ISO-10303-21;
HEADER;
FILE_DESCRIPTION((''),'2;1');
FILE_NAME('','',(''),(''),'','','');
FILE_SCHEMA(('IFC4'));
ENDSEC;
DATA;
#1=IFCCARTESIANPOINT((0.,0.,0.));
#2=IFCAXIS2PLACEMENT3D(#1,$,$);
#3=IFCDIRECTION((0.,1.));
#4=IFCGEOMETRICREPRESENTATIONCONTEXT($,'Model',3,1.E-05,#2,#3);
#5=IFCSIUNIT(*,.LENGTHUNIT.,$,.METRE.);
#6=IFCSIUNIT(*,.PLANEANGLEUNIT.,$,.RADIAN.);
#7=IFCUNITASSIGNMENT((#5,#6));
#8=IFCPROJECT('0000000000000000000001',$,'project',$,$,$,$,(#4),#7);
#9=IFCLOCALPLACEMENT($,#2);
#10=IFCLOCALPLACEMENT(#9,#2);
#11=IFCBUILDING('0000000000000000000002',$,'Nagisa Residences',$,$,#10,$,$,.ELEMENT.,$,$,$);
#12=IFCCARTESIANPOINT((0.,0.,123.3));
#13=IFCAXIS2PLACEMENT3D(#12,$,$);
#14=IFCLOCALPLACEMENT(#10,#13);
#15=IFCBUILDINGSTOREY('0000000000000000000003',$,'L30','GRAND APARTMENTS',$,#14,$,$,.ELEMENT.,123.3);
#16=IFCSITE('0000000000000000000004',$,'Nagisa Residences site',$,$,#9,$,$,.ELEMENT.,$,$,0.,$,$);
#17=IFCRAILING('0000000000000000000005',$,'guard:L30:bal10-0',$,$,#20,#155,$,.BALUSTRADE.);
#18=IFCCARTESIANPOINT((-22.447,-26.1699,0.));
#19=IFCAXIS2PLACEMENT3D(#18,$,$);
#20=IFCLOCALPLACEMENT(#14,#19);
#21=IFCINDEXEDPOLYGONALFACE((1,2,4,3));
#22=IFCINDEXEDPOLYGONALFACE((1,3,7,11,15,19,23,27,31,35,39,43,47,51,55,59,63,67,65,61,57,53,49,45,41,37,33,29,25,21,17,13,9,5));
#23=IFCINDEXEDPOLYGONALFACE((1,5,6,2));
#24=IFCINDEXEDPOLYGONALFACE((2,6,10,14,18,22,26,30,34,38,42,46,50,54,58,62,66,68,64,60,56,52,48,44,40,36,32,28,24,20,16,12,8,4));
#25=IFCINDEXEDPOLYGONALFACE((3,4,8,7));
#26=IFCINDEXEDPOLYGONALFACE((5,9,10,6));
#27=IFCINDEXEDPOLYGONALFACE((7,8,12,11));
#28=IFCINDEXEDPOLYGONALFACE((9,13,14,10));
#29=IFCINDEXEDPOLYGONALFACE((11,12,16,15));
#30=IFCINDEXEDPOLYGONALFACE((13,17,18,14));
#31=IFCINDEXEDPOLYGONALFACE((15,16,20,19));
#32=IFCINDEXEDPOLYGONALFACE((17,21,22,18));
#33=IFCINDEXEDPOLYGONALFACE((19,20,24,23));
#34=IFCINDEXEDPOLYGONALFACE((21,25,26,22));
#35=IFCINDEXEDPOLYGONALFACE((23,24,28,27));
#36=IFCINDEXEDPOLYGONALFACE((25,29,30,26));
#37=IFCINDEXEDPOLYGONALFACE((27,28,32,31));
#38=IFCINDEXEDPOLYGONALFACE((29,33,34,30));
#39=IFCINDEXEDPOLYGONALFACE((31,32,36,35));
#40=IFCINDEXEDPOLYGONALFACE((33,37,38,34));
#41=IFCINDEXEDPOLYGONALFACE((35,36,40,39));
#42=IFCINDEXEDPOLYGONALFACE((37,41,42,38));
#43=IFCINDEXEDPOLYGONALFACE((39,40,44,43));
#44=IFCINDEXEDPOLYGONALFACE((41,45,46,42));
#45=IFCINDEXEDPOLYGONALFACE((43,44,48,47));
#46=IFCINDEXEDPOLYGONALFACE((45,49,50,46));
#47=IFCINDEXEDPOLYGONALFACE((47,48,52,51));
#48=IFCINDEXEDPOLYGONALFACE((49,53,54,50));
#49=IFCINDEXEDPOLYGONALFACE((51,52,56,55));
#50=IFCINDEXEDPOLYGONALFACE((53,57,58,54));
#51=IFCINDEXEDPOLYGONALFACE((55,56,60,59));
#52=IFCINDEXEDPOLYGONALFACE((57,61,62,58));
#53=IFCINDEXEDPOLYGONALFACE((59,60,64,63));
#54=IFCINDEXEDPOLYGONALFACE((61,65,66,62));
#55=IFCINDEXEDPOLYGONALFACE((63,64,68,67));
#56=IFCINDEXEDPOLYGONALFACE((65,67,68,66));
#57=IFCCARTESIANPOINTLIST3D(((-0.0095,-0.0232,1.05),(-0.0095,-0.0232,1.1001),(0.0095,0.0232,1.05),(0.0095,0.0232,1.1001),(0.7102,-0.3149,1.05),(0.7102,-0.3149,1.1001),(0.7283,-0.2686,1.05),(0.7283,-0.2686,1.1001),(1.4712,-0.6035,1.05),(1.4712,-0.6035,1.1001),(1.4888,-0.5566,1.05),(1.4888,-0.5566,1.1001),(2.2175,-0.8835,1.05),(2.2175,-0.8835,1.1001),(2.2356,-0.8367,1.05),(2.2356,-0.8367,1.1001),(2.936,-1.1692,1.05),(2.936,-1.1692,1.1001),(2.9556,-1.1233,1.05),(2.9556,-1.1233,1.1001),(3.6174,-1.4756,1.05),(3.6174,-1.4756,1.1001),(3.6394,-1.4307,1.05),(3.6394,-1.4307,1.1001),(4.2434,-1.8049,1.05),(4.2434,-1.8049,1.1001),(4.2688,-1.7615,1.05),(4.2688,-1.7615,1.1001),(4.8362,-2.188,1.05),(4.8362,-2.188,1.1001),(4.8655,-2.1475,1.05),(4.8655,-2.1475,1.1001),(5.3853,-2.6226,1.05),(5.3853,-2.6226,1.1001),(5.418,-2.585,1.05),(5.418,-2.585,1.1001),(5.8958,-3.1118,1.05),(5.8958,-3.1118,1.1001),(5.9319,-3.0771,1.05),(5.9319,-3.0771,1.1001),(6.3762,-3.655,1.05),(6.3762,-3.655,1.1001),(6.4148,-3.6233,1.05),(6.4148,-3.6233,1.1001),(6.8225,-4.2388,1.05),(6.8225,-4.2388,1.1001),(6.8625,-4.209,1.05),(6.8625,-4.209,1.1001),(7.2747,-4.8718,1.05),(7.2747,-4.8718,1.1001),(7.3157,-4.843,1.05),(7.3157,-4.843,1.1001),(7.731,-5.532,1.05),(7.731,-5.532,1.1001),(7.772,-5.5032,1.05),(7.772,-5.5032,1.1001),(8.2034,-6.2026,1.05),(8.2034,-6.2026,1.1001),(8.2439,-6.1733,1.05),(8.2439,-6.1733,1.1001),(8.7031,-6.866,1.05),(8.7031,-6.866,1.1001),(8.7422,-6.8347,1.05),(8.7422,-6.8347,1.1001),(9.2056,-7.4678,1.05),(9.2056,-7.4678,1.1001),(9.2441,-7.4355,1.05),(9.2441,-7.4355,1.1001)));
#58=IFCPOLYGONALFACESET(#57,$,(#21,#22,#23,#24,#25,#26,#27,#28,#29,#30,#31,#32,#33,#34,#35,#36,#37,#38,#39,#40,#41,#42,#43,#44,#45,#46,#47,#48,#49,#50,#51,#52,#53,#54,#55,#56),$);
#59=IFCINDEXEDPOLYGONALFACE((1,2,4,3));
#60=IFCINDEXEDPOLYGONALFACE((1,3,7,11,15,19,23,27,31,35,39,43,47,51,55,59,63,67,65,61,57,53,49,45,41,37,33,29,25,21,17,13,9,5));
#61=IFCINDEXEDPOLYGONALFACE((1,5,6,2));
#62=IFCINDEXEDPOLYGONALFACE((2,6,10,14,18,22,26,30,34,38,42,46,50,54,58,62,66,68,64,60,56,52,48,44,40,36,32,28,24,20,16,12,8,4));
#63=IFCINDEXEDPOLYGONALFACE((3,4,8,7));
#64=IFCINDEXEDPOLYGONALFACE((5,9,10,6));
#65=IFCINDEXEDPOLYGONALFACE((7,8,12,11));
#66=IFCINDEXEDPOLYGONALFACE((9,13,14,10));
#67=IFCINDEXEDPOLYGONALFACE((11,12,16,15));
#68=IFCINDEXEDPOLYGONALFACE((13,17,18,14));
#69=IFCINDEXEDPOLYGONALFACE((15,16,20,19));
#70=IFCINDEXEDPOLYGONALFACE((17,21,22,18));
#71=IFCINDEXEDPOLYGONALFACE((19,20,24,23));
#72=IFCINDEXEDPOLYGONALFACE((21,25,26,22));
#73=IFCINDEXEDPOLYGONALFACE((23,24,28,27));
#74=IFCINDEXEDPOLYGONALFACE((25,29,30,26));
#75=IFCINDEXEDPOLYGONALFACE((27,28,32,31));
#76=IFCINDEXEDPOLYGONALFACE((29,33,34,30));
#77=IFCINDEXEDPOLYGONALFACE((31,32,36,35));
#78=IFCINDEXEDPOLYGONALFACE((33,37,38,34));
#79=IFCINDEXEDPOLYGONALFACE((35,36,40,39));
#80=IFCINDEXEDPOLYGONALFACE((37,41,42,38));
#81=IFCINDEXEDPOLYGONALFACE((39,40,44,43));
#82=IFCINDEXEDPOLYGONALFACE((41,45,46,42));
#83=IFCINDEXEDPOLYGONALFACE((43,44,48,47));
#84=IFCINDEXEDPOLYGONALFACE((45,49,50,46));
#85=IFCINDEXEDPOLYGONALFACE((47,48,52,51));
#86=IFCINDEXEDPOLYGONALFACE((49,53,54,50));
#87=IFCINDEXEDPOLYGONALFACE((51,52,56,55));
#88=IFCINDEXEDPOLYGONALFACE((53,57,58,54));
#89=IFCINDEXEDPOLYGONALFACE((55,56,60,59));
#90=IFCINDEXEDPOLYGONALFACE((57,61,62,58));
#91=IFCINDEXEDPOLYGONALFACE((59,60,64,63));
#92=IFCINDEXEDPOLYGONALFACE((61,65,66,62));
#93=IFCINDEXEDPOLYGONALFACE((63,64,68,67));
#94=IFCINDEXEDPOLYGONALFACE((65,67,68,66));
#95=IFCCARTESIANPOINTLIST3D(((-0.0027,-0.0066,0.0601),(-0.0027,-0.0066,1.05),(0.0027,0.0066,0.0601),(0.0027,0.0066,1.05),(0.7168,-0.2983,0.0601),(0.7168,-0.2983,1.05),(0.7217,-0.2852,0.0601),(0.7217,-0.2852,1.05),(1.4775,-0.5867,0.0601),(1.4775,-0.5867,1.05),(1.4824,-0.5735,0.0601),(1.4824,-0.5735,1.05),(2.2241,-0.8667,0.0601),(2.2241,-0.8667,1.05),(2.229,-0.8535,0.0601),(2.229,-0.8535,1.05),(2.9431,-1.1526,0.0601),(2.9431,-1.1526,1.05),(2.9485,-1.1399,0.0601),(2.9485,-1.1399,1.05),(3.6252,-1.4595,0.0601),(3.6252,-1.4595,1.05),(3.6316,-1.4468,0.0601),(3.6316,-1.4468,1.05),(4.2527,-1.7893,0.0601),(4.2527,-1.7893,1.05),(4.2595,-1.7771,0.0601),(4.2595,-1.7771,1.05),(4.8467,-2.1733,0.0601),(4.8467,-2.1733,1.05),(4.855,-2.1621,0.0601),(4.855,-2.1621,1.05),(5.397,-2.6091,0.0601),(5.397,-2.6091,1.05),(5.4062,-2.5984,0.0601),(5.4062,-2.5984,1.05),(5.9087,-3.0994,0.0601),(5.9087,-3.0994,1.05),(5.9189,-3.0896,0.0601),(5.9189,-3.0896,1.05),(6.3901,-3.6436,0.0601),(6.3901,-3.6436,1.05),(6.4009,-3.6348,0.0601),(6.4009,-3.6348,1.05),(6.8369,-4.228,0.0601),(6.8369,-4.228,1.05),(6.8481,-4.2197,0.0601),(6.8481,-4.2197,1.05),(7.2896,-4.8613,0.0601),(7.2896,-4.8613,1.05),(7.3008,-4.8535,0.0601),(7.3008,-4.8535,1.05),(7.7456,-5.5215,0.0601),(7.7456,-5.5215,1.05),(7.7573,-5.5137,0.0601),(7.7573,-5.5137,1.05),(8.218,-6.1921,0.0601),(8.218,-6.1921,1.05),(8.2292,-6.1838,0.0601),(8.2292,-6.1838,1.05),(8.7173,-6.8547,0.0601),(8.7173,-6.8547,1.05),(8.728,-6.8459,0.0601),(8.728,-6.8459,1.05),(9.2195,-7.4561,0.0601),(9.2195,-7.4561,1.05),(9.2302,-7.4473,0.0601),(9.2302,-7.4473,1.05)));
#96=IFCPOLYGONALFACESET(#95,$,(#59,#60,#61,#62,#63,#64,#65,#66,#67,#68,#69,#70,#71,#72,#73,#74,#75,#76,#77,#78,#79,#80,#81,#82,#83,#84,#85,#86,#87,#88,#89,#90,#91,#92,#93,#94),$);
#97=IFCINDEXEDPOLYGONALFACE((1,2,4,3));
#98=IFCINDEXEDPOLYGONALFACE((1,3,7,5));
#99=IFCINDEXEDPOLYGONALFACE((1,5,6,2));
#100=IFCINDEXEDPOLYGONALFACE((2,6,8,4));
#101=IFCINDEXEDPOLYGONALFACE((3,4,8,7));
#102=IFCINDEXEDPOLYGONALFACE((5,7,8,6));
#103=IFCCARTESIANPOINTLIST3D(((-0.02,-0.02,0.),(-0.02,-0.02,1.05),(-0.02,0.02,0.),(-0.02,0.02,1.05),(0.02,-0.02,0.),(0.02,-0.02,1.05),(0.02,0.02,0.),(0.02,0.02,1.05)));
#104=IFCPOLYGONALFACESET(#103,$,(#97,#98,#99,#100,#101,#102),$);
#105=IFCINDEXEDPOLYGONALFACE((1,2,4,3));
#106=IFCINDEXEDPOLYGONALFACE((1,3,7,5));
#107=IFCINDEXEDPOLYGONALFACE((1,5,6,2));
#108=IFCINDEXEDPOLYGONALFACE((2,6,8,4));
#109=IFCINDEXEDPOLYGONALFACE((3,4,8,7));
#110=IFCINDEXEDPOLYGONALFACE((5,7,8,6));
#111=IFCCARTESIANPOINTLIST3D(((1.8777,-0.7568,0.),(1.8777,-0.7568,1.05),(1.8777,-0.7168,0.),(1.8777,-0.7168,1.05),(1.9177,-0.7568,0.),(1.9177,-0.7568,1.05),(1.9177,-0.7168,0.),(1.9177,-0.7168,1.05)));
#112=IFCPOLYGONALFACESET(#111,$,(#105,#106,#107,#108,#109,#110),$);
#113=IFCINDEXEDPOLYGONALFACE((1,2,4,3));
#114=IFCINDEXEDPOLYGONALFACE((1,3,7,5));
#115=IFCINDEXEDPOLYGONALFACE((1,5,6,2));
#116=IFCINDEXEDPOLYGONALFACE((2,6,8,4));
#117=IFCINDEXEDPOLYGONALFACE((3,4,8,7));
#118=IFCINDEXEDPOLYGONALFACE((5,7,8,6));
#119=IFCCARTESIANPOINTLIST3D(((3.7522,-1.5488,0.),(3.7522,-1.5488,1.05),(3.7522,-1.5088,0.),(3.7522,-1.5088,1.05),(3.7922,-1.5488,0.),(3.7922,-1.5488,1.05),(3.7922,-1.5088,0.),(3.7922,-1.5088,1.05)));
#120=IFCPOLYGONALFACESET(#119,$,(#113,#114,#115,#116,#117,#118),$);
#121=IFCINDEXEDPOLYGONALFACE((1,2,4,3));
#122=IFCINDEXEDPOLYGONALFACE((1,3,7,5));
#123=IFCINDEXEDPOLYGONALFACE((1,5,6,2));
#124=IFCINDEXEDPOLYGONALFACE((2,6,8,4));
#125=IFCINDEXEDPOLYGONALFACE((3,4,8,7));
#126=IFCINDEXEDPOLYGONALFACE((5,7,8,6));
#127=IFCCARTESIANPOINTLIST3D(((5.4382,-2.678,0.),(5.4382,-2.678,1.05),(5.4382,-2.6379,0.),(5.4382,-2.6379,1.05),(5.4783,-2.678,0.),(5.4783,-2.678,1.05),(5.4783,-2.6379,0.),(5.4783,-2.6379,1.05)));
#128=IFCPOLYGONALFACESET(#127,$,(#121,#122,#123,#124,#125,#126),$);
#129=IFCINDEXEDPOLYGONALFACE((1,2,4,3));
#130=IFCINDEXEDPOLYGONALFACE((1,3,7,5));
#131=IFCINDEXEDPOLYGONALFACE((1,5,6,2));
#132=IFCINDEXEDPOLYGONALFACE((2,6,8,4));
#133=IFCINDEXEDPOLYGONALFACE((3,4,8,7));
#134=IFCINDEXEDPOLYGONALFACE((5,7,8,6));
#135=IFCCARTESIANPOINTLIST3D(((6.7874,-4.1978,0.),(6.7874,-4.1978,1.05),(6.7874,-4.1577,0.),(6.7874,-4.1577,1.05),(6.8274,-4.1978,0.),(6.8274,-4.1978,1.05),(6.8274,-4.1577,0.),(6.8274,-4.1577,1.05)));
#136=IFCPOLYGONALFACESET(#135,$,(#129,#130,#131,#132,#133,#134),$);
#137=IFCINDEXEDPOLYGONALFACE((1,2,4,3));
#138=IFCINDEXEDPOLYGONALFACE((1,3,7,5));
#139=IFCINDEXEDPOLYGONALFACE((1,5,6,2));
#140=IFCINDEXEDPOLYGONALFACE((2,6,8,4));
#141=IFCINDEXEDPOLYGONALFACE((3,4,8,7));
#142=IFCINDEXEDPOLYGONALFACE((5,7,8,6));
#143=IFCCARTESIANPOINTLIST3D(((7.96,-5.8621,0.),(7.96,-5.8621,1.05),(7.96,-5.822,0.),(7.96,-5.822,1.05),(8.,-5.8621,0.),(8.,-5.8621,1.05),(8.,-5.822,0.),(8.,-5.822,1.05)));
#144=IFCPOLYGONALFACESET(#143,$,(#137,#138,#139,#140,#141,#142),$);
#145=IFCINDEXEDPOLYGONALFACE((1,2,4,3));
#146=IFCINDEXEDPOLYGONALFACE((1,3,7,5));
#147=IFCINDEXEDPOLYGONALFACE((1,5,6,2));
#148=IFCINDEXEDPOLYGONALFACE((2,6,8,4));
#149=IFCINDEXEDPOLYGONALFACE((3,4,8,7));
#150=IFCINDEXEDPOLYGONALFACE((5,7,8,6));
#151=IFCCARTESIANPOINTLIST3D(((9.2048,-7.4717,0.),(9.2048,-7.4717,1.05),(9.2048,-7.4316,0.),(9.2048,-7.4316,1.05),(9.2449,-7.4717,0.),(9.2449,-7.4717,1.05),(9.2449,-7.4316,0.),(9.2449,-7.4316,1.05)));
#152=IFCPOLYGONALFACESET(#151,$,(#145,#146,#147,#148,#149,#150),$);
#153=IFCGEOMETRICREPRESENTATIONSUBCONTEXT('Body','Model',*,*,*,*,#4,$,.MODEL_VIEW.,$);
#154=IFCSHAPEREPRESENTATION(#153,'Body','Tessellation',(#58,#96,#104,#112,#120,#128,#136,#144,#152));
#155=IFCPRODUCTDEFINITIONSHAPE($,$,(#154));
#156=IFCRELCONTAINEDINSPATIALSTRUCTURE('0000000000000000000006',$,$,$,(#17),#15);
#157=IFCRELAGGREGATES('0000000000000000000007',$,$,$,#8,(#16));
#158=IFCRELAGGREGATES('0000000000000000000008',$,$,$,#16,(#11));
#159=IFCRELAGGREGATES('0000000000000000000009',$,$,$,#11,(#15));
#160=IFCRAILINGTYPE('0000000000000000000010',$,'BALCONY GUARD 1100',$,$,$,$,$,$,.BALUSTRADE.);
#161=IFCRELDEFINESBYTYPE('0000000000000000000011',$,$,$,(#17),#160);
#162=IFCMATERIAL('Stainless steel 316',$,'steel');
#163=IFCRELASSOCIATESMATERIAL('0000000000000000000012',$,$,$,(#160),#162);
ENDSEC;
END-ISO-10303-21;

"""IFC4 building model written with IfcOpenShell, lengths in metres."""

from ifc_helpers import new_model, si_unit, direction, frame, origin, origin_2d, place, context, subcontext, project, spatial, polyline, rectangle, outline, extrude, material, type_object, element, save


model = new_model("IFC4")

# Units and contexts
model_context = context("Model", 3, precision=1e-05, world=origin(), true_north=direction((0.0, 1.0)))
body_context = subcontext(model_context, "Body", "Model", "MODEL_VIEW")
ifc_project = project(units=[si_unit("LENGTHUNIT", "METRE"), si_unit("PLANEANGLEUNIT", "RADIAN")], contexts=[model_context])

# Site, building, storey
site_placement = place(None, origin())
site = spatial("IfcSite", under=ifc_project, at=site_placement, Name="Nagisa Residences site", CompositionType="ELEMENT", RefElevation=0.0)
building_placement = place(site_placement, origin())
building = spatial("IfcBuilding", under=site, at=building_placement, Name="Nagisa Residences", CompositionType="ELEMENT")
storey_placement = place(building_placement, frame((0.0, 0.0, 123.3)))
storey = spatial("IfcBuildingStorey", under=building, at=storey_placement, Name="L30", Description="GRAND APARTMENTS", CompositionType="ELEMENT", Elevation=123.3)

# Railing
ifc_material_1 = material(Name="Stainless steel 316", Category="steel")
railing_type = type_object("IfcRailingType", Name="BALCONY GUARD 1100", PredefinedType="BALUSTRADE", material=ifc_material_1)
railing_1_placement = place(storey_placement, frame((-22.447, -26.1699, 0.0)))
element("IfcRailing", 1, at=railing_1_placement, inside=storey, type_object=railing_type, Name="guard:L30:bal10-0", PredefinedType="BALUSTRADE", context=body_context, shape_type="SweptSolid", body=[
    extrude(outline(polyline([(0.7283, -0.2686), (0.0095, 0.0232), (-0.0095, -0.0232), (0.7102, -0.3149), (1.4712, -0.6035), (2.2175, -0.8835), (2.936, -1.1692), (3.6174, -1.4756), (4.2434, -1.8049), (4.8362, -2.188), (5.3853, -2.6226), (5.8958, -3.1118), (6.3762, -3.655), (6.8225, -4.2388), (7.2747, -4.8718), (7.731, -5.532), (8.2034, -6.2026), (8.7031, -6.866), (9.2056, -7.4678), (9.2441, -7.4355), (8.7422, -6.8347), (8.2439, -6.1733), (7.772, -5.5032), (7.3157, -4.843), (6.8625, -4.209), (6.4148, -3.6233), (5.9319, -3.0771), (5.418, -2.585), (4.8655, -2.1475), (4.2688, -1.7615), (3.6394, -1.4307), (2.9556, -1.1233), (2.2356, -0.8367), (1.4888, -0.5566), (0.7283, -0.2686)])), frame((0.0, 0.0, 1.05)), (0.0, 0.0, 1.0), 0.05),
    extrude(outline(polyline([(0.7217, -0.2852), (0.0027, 0.0066), (-0.0027, -0.0066), (0.7168, -0.2983), (1.4775, -0.5867), (2.2241, -0.8667), (2.9431, -1.1526), (3.6252, -1.4595), (4.2527, -1.7893), (4.8467, -2.1733), (5.397, -2.6091), (5.9087, -3.0994), (6.3901, -3.6436), (6.8369, -4.228), (7.2896, -4.8613), (7.7456, -5.5215), (8.218, -6.1921), (8.7173, -6.8547), (9.2195, -7.4561), (9.2302, -7.4473), (8.728, -6.8459), (8.2292, -6.1838), (7.7573, -5.5137), (7.3008, -4.8535), (6.8481, -4.2197), (6.4009, -3.6348), (5.9189, -3.0896), (5.4062, -2.5984), (4.855, -2.1621), (4.2595, -1.7771), (3.6316, -1.4468), (2.9485, -1.1399), (2.229, -0.8535), (1.4824, -0.5735), (0.7217, -0.2852)])), frame((0.0, 0.0, 0.0601)), (0.0, 0.0, 1.0), 0.99),
    extrude(rectangle(XDim=0.04, YDim=0.04, at=origin_2d()), origin(), (0.0, 0.0, 1.0), 1.05),
    extrude(rectangle(XDim=0.04, YDim=0.04, at=origin_2d()), frame((1.8977, -0.7368, 0.0)), (0.0, 0.0, 1.0), 1.05),
    extrude(rectangle(XDim=0.04, YDim=0.04, at=origin_2d()), frame((3.7722, -1.5288, 0.0)), (0.0, 0.0, 1.0), 1.05),
    extrude(rectangle(XDim=0.04, YDim=0.04, at=origin_2d()), frame((5.4583, -2.658, 0.0)), (0.0, 0.0, 1.0), 1.05),
    extrude(rectangle(XDim=0.04, YDim=0.04, at=origin_2d()), frame((6.8074, -4.1777, 0.0)), (0.0, 0.0, 1.0), 1.05),
    extrude(rectangle(XDim=0.04, YDim=0.04, at=origin_2d()), frame((7.98, -5.842, 0.0)), (0.0, 0.0, 1.0), 1.05),
    extrude(rectangle(XDim=0.04, YDim=0.04, at=origin_2d()), frame((9.2249, -7.4517, 0.0)), (0.0, 0.0, 1.0), 1.05),
])

save(model, "model.ifc")
